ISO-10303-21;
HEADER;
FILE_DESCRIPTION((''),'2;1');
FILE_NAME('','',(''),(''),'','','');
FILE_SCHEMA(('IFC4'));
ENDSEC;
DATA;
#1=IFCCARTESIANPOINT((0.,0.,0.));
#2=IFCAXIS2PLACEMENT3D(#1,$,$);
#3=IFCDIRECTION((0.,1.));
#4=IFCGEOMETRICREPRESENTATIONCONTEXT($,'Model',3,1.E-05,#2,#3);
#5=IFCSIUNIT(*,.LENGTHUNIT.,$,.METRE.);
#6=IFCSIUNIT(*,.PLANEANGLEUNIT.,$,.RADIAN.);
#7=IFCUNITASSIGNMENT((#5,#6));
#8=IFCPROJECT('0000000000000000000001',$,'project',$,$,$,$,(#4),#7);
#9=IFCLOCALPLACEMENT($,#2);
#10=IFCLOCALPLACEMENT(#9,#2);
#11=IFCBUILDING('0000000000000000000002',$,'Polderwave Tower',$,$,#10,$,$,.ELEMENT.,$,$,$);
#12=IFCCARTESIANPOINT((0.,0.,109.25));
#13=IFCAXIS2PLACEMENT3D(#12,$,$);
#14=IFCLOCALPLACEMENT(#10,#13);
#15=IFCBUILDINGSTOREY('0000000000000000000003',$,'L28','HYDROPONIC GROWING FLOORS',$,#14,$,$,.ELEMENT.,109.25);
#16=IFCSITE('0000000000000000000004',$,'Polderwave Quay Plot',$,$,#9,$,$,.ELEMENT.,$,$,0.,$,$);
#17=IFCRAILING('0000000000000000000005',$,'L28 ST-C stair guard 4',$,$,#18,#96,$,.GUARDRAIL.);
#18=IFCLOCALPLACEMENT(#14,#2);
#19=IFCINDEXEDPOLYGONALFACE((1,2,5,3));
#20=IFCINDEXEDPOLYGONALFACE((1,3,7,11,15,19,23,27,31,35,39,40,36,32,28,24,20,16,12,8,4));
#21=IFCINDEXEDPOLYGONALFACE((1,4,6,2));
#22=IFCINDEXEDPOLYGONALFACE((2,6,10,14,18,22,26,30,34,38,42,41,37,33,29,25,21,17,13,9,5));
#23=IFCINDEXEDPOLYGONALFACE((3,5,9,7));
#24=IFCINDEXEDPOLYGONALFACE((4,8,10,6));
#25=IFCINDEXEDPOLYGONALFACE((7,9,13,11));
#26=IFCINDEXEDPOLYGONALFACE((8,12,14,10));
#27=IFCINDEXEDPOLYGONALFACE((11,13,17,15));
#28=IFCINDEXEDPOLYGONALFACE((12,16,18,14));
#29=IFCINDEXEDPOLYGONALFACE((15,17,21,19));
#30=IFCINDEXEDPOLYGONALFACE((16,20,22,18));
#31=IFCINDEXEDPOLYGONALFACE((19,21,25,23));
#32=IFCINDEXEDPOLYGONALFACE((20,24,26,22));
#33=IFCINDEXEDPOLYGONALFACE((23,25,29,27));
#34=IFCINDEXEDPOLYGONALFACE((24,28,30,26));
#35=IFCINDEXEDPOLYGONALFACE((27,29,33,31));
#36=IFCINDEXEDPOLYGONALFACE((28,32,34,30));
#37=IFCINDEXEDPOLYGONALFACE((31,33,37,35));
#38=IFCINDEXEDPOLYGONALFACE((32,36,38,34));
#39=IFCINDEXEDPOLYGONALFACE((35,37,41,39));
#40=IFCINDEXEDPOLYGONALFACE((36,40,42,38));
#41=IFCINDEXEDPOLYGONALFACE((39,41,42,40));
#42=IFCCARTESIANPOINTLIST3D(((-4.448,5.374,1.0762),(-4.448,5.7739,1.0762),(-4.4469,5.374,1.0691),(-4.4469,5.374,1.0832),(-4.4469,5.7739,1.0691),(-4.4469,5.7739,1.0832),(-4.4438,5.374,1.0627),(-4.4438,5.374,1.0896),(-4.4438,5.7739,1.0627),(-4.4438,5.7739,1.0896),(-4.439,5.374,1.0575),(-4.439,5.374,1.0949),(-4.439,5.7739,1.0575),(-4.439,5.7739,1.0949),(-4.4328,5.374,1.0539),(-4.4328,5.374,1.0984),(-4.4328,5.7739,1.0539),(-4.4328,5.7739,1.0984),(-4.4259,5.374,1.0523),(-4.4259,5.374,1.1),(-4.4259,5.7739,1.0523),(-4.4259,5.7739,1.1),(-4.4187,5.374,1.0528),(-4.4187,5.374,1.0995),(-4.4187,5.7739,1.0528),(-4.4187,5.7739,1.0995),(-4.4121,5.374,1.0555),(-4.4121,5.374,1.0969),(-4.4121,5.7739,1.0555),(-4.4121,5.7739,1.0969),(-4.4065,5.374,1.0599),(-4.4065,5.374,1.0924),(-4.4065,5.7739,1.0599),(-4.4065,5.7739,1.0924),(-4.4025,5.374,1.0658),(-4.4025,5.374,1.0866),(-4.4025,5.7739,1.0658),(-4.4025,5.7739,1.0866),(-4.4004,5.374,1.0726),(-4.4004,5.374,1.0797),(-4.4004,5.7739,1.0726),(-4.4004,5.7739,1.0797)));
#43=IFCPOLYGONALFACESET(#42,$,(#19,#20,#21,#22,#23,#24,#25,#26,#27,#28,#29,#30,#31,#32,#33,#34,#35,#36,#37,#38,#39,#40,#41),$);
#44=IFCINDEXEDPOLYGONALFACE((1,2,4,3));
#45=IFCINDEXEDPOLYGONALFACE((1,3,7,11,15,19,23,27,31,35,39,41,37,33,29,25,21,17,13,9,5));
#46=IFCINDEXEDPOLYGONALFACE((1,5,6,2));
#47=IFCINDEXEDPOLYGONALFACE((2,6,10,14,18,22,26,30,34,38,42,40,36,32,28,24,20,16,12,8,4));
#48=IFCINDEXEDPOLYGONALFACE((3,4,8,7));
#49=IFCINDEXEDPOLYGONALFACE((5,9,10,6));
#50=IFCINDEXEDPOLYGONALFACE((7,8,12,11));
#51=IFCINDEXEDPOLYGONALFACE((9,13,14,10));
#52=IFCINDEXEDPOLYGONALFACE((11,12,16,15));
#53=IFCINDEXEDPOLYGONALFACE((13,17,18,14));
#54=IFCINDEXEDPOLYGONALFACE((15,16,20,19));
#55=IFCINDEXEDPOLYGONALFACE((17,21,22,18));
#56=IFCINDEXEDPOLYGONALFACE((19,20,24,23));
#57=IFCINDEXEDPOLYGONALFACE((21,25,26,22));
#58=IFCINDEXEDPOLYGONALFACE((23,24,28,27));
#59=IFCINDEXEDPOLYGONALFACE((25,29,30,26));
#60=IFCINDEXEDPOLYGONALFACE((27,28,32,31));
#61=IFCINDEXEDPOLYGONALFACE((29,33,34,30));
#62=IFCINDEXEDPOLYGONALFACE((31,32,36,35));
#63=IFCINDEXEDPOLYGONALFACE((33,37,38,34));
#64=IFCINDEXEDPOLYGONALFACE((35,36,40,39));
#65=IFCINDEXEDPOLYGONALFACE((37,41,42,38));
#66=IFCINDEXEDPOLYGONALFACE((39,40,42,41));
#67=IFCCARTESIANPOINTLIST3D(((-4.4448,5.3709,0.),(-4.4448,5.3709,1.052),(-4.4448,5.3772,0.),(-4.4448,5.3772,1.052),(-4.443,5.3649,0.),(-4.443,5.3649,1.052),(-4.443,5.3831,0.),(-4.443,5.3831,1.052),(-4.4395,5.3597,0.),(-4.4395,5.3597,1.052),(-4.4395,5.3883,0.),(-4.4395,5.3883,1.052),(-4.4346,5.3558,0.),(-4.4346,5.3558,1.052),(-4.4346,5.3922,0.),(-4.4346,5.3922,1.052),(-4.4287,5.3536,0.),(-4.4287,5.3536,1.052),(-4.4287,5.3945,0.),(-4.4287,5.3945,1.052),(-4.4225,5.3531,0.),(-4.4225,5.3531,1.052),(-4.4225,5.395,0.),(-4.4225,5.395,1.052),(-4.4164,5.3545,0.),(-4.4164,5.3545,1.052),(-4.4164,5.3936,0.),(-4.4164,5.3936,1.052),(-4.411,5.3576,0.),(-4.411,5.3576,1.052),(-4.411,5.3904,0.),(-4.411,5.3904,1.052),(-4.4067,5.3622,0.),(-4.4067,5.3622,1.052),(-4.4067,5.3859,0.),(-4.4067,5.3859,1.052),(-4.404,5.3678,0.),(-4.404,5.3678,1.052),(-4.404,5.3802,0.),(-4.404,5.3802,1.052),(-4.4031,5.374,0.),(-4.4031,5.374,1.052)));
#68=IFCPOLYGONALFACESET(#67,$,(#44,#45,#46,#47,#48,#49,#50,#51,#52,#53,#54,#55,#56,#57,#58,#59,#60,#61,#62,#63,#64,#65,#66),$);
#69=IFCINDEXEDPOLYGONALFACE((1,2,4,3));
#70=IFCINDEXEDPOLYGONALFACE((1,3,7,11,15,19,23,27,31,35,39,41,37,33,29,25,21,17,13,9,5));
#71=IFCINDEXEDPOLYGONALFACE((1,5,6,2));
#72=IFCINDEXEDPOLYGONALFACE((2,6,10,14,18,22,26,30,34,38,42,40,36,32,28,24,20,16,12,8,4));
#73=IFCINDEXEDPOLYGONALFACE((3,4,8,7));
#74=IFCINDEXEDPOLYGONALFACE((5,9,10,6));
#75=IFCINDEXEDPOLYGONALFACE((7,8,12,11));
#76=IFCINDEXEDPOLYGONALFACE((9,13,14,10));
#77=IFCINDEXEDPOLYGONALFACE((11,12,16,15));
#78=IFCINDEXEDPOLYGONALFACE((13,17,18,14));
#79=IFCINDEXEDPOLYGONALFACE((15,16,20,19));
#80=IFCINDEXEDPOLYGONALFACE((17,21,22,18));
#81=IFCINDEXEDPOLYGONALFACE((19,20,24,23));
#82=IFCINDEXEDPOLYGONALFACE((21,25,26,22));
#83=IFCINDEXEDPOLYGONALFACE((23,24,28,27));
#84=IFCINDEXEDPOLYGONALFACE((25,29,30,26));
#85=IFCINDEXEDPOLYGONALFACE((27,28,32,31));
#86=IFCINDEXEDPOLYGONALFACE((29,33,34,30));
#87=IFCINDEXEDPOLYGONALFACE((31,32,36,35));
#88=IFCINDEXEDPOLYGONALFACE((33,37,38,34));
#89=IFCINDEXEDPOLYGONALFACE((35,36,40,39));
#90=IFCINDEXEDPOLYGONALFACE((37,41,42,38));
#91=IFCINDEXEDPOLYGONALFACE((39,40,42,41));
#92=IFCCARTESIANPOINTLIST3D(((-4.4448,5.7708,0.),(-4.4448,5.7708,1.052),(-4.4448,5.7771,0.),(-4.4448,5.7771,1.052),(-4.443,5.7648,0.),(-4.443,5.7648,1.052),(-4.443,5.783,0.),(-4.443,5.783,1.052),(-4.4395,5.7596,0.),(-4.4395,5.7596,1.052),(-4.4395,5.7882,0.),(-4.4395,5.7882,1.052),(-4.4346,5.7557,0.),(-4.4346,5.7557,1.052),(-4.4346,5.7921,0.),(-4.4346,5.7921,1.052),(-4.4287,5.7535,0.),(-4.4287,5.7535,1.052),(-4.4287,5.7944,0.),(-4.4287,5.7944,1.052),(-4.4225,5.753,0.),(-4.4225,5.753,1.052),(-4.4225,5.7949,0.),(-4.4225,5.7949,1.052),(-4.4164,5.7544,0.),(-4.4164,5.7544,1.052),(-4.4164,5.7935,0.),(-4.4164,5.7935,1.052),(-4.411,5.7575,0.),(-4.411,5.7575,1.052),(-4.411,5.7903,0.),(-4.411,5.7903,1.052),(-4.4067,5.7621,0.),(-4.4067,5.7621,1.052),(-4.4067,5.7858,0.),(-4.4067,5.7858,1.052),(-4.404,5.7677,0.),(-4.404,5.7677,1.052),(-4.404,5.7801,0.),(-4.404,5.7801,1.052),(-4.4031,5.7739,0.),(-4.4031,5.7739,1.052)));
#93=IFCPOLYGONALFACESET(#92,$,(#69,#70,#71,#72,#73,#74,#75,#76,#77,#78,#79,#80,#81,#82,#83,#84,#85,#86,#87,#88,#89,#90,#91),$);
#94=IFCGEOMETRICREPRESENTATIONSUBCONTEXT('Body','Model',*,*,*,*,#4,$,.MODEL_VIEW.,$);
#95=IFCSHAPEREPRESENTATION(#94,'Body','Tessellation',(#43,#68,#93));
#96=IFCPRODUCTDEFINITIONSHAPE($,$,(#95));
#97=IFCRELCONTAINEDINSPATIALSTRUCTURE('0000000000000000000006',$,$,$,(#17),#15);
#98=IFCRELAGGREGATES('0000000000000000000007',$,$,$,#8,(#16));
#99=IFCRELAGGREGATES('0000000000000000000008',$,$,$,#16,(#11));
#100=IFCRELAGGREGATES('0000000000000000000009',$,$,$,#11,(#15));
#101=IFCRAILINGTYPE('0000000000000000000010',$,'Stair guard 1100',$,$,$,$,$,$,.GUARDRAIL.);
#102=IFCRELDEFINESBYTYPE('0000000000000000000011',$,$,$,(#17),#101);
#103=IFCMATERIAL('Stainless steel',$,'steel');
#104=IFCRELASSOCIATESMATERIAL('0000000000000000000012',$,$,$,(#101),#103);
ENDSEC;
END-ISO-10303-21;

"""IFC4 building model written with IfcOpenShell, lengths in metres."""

from ifc_helpers import new_model, si_unit, direction, frame, origin, origin_2d, place, context, subcontext, project, spatial, circle, extrude, material, type_object, element, save


model = new_model("IFC4")

# Units and contexts
model_context = context("Model", 3, precision=1e-05, world=origin(), true_north=direction((0.0, 1.0)))
body_context = subcontext(model_context, "Body", "Model", "MODEL_VIEW")
ifc_project = project(units=[si_unit("LENGTHUNIT", "METRE"), si_unit("PLANEANGLEUNIT", "RADIAN")], contexts=[model_context])

# Site, building, storey
site_placement = place(None, origin())
site = spatial("IfcSite", under=ifc_project, at=site_placement, Name="Polderwave Quay Plot", CompositionType="ELEMENT", RefElevation=0.0)
building_placement = place(site_placement, origin())
building = spatial("IfcBuilding", under=site, at=building_placement, Name="Polderwave Tower", CompositionType="ELEMENT")
storey_placement = place(building_placement, frame((0.0, 0.0, 109.25)))
storey = spatial("IfcBuildingStorey", under=building, at=storey_placement, Name="L28", Description="HYDROPONIC GROWING FLOORS", CompositionType="ELEMENT", Elevation=109.25)

# Railing
ifc_material_1 = material(Name="Stainless steel", Category="steel")
railing_type_1 = type_object("IfcRailingType", Name="Stair guard 1100", PredefinedType="GUARDRAIL", material=ifc_material_1)
railing_1_placement = place(storey_placement, frame((-4.4241, 5.374, 0.0)))
element("IfcRailing", 1, at=railing_1_placement, inside=storey, type_object=railing_type_1, Name="L28 ST-C stair guard 4", PredefinedType="GUARDRAIL", context=body_context, shape_type="SweptSolid", body=[
    extrude(circle(Radius=0.0239, at=origin_2d()), frame((0.0, 0.0, 1.0762), z_axis=(0.0, 1.0, 0.0), x_axis=(-1.0, 0.0, 0.0)), (0.0, 0.0, 1.0), 0.3999),
    extrude(circle(Radius=0.021, at=origin_2d()), origin(), (0.0, 0.0, 1.0), 1.052),
    extrude(circle(Radius=0.021, at=origin_2d()), frame((0.0, 0.3999, 0.0)), (0.0, 0.0, 1.0), 1.052),
])

save(model, "model.ifc")
